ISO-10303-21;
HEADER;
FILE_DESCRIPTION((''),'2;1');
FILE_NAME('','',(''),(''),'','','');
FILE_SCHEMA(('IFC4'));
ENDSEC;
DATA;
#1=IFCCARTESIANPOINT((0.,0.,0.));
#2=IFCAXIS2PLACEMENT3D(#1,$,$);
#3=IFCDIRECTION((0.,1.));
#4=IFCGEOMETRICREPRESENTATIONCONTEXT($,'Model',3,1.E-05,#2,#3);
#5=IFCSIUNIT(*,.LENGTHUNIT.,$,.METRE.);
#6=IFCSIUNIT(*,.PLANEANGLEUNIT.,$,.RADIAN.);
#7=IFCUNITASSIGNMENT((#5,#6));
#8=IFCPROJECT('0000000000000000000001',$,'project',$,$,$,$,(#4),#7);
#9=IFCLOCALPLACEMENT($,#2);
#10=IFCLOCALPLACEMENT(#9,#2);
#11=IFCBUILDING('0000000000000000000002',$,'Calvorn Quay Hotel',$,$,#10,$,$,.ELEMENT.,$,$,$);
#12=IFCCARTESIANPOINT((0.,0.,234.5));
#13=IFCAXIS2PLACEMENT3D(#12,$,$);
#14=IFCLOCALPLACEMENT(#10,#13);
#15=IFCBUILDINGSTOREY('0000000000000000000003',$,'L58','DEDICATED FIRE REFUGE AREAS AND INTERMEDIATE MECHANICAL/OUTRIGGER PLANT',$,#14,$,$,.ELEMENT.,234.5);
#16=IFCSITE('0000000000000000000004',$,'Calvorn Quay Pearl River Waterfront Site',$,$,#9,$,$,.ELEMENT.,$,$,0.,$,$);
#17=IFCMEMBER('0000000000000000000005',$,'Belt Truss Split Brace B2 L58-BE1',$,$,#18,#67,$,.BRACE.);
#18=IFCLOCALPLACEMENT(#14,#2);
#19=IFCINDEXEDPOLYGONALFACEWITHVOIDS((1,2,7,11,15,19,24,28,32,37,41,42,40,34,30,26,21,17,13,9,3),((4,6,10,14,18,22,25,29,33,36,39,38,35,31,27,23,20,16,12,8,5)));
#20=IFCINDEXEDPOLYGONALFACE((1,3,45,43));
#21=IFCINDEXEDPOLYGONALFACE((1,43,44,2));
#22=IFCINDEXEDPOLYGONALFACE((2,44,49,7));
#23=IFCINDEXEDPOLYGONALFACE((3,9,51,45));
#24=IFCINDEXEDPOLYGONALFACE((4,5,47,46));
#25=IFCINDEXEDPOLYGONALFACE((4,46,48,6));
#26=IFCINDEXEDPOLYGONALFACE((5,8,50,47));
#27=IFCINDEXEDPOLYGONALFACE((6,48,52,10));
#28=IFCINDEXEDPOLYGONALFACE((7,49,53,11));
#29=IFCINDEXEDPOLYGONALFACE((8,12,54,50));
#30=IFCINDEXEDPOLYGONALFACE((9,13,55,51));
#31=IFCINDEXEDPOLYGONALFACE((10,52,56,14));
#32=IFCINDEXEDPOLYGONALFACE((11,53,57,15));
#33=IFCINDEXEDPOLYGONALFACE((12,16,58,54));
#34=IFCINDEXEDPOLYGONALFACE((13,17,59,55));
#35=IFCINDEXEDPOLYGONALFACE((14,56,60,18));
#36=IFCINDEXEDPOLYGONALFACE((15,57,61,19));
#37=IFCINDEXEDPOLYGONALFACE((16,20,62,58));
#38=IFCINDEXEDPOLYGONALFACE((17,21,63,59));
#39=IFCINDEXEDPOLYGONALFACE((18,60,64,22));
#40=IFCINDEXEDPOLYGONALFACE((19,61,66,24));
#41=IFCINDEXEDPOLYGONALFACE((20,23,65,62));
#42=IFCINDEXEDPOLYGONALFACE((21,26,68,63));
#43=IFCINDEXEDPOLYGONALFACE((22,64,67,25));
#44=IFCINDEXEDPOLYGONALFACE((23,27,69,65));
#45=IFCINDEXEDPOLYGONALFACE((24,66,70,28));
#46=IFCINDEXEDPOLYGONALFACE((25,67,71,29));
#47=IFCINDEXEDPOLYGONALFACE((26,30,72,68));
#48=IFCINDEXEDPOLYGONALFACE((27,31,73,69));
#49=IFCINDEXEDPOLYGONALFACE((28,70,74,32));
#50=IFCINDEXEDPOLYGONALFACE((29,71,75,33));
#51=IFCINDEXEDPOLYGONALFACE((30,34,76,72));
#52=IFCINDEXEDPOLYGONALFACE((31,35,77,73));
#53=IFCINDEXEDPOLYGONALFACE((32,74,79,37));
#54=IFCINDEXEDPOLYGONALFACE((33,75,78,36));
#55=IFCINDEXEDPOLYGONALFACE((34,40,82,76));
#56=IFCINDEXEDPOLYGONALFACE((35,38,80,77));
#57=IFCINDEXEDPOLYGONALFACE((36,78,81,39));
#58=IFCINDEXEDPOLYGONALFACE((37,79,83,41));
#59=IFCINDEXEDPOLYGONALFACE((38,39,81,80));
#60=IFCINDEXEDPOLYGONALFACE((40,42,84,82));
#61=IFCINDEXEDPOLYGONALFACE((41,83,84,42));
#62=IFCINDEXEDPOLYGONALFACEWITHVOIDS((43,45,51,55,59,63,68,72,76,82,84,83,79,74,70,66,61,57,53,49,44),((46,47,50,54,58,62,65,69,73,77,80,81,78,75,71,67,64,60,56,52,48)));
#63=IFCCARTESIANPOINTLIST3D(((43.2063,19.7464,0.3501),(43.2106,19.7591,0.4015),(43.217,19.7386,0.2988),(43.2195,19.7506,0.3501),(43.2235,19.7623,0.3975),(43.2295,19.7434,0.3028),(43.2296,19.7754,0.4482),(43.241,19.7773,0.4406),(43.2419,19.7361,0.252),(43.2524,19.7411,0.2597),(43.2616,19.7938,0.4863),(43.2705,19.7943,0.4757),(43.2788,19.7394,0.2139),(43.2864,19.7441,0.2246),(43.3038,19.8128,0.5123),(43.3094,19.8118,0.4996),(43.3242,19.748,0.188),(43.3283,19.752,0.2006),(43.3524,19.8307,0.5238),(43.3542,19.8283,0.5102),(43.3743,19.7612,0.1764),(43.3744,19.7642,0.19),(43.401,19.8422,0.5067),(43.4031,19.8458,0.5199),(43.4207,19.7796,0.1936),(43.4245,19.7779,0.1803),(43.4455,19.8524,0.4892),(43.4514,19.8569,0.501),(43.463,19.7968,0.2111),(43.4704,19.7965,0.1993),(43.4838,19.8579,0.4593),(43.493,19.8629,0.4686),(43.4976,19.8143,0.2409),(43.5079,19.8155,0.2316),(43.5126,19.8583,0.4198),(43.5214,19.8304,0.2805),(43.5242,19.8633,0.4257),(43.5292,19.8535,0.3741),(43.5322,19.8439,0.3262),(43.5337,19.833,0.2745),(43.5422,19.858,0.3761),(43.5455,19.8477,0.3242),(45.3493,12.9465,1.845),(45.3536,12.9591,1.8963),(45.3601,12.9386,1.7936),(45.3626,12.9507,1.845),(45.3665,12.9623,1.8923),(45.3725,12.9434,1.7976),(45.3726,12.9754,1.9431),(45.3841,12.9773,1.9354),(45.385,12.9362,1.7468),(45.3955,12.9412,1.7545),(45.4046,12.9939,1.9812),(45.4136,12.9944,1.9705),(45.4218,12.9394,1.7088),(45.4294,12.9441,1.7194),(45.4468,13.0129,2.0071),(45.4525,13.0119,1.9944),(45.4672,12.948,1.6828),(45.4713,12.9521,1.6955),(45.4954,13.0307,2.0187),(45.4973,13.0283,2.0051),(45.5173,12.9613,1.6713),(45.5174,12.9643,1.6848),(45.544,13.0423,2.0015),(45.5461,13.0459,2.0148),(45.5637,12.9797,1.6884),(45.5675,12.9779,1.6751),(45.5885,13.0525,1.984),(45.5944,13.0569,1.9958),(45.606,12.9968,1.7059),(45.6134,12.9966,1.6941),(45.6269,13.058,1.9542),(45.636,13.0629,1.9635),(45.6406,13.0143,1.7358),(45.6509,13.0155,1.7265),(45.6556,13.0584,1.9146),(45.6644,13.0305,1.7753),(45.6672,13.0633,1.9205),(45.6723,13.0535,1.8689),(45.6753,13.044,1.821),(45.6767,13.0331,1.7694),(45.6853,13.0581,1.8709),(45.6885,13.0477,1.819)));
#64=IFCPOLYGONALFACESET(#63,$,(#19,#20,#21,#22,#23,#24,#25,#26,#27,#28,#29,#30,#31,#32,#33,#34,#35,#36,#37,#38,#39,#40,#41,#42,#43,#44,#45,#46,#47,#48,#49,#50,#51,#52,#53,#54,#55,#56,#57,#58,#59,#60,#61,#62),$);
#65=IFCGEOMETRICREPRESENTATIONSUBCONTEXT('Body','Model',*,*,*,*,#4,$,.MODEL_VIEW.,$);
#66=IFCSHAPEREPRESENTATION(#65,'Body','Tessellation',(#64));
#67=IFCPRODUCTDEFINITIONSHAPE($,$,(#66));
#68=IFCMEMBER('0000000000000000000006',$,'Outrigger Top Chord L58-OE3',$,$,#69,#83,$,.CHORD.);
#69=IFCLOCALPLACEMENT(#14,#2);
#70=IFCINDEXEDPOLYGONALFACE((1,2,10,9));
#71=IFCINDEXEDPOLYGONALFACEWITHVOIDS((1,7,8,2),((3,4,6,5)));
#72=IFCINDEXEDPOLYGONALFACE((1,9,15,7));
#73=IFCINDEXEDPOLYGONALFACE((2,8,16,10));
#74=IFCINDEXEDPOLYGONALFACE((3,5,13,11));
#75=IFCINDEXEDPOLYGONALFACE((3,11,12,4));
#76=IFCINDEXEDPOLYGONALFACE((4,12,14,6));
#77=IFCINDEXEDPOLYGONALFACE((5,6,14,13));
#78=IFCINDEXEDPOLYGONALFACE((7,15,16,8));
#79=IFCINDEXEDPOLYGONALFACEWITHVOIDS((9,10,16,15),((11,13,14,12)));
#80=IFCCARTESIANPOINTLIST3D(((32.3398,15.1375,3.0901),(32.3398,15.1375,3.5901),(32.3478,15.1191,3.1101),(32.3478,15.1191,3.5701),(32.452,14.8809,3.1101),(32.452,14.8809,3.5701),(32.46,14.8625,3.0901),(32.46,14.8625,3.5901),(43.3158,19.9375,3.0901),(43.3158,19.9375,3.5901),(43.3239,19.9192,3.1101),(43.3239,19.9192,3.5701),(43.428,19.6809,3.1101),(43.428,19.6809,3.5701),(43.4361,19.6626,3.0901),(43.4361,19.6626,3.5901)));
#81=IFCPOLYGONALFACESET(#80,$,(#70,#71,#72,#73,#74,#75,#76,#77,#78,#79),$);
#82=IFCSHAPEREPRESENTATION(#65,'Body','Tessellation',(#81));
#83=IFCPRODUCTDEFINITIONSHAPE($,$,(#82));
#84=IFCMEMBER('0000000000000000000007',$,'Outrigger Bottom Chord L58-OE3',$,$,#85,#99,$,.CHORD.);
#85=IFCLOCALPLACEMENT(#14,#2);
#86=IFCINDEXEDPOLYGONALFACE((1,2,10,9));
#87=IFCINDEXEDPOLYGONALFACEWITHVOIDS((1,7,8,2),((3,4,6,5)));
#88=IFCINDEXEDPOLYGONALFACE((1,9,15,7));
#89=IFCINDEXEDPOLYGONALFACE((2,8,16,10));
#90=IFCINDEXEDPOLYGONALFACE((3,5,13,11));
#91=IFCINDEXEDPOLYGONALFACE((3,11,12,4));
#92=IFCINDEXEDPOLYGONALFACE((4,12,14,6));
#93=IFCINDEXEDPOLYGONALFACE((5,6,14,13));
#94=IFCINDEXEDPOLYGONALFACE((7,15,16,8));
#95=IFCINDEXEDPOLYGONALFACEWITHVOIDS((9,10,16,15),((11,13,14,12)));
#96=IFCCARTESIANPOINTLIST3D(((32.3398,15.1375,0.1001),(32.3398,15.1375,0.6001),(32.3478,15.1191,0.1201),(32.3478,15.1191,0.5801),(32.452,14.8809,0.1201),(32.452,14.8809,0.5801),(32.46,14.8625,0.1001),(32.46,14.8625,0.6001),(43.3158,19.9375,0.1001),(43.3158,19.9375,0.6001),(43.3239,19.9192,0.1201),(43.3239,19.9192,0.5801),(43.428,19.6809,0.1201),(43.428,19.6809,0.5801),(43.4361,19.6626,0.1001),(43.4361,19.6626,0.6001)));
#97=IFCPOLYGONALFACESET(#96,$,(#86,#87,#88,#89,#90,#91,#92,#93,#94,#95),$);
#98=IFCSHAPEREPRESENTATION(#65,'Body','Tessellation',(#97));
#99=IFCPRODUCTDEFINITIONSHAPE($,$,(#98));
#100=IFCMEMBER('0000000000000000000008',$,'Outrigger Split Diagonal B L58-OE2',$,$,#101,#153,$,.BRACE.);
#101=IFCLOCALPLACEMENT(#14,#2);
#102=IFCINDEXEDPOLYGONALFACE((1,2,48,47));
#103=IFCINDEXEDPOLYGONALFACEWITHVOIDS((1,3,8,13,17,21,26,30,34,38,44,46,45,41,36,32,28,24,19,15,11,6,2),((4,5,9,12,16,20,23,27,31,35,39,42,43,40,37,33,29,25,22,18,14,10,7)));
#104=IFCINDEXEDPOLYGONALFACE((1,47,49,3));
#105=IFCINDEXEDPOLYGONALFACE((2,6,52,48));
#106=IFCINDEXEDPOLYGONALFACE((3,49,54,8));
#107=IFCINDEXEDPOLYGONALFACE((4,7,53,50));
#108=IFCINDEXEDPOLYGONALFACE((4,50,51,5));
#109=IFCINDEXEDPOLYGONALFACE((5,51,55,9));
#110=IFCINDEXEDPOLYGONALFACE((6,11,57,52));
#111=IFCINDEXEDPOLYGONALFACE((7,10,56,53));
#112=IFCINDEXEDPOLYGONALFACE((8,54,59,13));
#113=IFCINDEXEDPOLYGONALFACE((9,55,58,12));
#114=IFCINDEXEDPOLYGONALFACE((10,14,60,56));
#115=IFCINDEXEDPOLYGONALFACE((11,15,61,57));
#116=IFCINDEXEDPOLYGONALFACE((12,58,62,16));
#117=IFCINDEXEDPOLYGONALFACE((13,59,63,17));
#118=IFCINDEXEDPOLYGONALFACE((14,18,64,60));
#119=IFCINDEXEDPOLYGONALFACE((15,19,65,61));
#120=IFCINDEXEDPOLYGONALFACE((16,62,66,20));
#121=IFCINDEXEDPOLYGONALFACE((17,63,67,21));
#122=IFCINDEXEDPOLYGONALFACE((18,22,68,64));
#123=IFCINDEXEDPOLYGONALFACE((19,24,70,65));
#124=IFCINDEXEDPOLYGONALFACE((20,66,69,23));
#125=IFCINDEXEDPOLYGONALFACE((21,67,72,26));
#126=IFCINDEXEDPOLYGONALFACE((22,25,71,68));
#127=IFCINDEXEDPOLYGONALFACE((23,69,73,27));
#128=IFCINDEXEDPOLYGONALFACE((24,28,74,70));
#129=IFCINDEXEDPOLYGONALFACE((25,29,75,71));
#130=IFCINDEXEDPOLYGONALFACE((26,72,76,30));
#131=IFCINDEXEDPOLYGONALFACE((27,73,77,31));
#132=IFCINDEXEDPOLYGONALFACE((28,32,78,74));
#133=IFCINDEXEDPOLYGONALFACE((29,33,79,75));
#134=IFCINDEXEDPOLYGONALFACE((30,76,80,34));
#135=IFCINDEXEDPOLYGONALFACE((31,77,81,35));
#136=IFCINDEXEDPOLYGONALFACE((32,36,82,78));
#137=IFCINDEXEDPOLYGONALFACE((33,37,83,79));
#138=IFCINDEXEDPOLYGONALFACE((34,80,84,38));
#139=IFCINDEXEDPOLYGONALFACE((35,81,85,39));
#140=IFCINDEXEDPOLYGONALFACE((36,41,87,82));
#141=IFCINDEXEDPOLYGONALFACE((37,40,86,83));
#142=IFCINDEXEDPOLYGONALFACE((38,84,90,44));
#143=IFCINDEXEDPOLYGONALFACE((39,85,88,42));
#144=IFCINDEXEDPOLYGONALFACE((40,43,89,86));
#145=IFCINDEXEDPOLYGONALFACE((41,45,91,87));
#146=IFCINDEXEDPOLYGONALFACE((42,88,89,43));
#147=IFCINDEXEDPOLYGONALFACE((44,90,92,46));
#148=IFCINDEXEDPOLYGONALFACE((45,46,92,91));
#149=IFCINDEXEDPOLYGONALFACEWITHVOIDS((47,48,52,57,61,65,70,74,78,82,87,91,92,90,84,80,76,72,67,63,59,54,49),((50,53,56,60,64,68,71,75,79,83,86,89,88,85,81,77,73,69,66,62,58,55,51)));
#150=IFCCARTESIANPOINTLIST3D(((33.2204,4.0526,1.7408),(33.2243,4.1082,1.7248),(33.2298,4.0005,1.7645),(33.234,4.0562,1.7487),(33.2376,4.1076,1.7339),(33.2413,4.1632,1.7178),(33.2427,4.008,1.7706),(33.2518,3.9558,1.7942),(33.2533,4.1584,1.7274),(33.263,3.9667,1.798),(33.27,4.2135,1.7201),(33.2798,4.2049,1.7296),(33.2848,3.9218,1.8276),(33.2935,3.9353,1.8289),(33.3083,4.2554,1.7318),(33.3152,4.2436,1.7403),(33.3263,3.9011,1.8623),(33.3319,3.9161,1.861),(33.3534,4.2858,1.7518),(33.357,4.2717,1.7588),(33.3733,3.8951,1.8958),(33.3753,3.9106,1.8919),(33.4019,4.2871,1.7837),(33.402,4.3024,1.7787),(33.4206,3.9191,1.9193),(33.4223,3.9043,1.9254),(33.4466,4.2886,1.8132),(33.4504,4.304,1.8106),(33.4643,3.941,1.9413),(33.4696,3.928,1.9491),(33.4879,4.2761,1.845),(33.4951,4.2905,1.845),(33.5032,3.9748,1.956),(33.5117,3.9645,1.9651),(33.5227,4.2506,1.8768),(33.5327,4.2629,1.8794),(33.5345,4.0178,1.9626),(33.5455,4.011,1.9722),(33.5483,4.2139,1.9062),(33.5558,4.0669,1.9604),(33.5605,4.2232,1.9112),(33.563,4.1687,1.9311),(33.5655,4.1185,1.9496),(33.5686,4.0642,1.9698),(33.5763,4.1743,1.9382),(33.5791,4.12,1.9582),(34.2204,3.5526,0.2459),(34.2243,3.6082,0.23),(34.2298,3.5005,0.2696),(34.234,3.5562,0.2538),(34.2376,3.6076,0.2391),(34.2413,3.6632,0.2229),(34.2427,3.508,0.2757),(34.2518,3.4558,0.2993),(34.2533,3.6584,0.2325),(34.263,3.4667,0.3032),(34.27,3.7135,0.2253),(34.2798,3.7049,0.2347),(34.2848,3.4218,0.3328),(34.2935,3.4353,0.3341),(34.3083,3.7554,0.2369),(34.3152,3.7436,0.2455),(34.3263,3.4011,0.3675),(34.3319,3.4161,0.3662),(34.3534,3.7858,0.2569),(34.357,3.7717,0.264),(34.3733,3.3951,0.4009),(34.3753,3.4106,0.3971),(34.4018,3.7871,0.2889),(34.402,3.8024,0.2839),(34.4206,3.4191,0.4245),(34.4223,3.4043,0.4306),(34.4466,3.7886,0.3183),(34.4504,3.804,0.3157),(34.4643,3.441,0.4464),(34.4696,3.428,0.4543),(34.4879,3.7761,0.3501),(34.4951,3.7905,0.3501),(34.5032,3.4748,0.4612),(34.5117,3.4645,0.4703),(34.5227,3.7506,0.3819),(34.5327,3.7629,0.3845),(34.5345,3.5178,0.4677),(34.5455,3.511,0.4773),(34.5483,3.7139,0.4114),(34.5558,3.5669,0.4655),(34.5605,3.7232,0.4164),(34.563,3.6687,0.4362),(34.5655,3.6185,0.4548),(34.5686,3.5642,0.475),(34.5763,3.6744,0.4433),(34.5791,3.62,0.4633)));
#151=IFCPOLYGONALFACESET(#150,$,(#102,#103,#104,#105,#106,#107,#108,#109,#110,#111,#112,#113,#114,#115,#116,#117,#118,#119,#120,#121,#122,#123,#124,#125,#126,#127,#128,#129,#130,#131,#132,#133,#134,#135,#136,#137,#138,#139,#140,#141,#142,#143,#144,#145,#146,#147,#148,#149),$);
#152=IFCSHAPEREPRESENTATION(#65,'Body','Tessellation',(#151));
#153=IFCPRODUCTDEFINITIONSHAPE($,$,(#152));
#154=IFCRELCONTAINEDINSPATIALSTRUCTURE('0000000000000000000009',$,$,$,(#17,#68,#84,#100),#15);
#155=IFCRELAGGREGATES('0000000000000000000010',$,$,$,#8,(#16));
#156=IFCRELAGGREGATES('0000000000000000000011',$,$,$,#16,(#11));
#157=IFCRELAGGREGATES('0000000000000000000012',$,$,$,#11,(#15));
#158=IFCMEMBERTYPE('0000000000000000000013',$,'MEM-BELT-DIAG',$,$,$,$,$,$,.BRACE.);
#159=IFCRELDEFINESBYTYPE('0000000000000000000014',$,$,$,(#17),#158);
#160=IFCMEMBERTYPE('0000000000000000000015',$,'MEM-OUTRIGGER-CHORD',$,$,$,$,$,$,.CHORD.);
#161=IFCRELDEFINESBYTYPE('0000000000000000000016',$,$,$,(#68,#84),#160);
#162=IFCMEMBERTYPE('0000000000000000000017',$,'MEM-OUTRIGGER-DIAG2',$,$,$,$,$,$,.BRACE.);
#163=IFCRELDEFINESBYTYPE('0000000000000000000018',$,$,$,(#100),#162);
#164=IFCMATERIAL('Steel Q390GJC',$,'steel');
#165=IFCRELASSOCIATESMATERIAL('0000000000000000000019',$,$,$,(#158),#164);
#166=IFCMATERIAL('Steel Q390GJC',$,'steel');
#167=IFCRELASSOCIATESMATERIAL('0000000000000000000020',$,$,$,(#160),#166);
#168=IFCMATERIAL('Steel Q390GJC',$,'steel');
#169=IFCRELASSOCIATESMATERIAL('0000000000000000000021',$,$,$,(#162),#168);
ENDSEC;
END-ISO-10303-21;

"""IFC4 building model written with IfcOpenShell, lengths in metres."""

from ifc_helpers import new_model, si_unit, direction, frame, origin, origin_2d, place, context, subcontext, project, spatial, hollow_rectangle, hollow_circle, extrude, material, material_profile, profile_set, type_object, element, save


model = new_model("IFC4")

# Units and contexts
model_context = context("Model", 3, precision=1e-05, world=origin(), true_north=direction((0.0, 1.0)))
body_context = subcontext(model_context, "Body", "Model", "MODEL_VIEW")
ifc_project = project(units=[si_unit("LENGTHUNIT", "METRE"), si_unit("PLANEANGLEUNIT", "RADIAN")], contexts=[model_context])

# Site, building, storey
site_placement = place(None, origin())
site = spatial("IfcSite", under=ifc_project, at=site_placement, Name="Calvorn Quay Pearl River Waterfront Site", CompositionType="ELEMENT", RefElevation=0.0)
building_placement = place(site_placement, origin())
building = spatial("IfcBuilding", under=site, at=building_placement, Name="Calvorn Quay Hotel", CompositionType="ELEMENT")
storey_placement = place(building_placement, frame((0.0, 0.0, 234.5)))
storey = spatial("IfcBuildingStorey", under=building, at=storey_placement, Name="L58", Description="DEDICATED FIRE REFUGE AREAS AND INTERMEDIATE MECHANICAL/OUTRIGGER PLANT", CompositionType="ELEMENT", Elevation=234.5)

# Members
ifc_material_1 = material(Name="Steel Q390GJC", Category="steel")
ifc_material_profile_1 = material_profile(ifc_material_1, hollow_circle(Radius=0.178, WallThickness=0.0139, at=origin_2d()), Name="CHS356x14")
ifc_profile_set_1 = profile_set([ifc_material_profile_1], Name="Steel Q390GJC")
member_type_1 = type_object("IfcMemberType", Name="MEM-BELT-DIAG", PredefinedType="BRACE", material=ifc_profile_set_1)
member_1_placement = place(storey_placement, frame((45.519, 13.0, 1.845), z_axis=(-0.294184, 0.93346, -0.205205), x_axis=(-0.953756, -0.300581, 0.0)))
element("IfcMember", 1, at=member_1_placement, inside=storey, type_object=member_type_1, Name="Belt Truss Split Brace B2 L58-BE1", PredefinedType="BRACE", context=body_context, shape_type="SweptSolid", body=[
    extrude(hollow_circle(Radius=0.178, WallThickness=0.0139, at=origin_2d()), origin(), (0.0, 0.0, 1.0), 7.2847),
])
ifc_material_2 = material(Name="Steel Q390GJC", Category="steel")
ifc_material_profile_2 = material_profile(ifc_material_2, hollow_rectangle(XDim=0.3, YDim=0.5, WallThickness=0.02, at=origin_2d()), Name="RHS500x300x20")
ifc_profile_set_2 = profile_set([ifc_material_profile_2], Name="Steel Q390GJC")
member_type_2 = type_object("IfcMemberType", Name="MEM-OUTRIGGER-CHORD", PredefinedType="CHORD", material=ifc_profile_set_2)
for number, where, z_axis, x_axis, name in (
    (2, (32.3999, 15.0, 3.3401), (0.916218, 0.40068, 0.0), (-0.40068, 0.916218, 0.0), "Outrigger Top Chord L58-OE3"),
    (3, (32.3999, 15.0, 0.3501), (0.916218, 0.40068, 0.0), (-0.40068, 0.916218, 0.0), "Outrigger Bottom Chord L58-OE3"),
):
    element("IfcMember", number, at=place(storey_placement, frame(where, z_axis=z_axis, x_axis=x_axis)), inside=storey, type_object=member_type_2, Name=name, PredefinedType="CHORD", context=body_context, shape_type="SweptSolid", body=[
        extrude(hollow_rectangle(XDim=0.3, YDim=0.5, WallThickness=0.02, at=origin_2d()), origin(), (0.0, 0.0, 1.0), 11.9797),
    ])
ifc_material_3 = material(Name="Steel Q390GJC", Category="steel")
ifc_material_profile_3 = material_profile(ifc_material_3, hollow_circle(Radius=0.2129, WallThickness=0.0161, at=origin_2d()), Name="CHS426x16")
ifc_profile_set_3 = profile_set([ifc_material_profile_3], Name="Steel Q390GJC")
member_type_3 = type_object("IfcMemberType", Name="MEM-OUTRIGGER-DIAG2", PredefinedType="BRACE", material=ifc_profile_set_3)
member_2_placement = place(storey_placement, frame((33.3999, 4.1001, 1.845), z_axis=(0.535699, -0.267849, -0.800802), x_axis=(0.447214, 0.894427, 0.0)))
element("IfcMember", 4, at=member_2_placement, inside=storey, type_object=member_type_3, Name="Outrigger Split Diagonal B L58-OE2", PredefinedType="BRACE", context=body_context, shape_type="SweptSolid", body=[
    extrude(hollow_circle(Radius=0.2129, WallThickness=0.0161, at=origin_2d()), origin(), (0.0, 0.0, 1.0), 1.8667),
])

save(model, "model.ifc")
